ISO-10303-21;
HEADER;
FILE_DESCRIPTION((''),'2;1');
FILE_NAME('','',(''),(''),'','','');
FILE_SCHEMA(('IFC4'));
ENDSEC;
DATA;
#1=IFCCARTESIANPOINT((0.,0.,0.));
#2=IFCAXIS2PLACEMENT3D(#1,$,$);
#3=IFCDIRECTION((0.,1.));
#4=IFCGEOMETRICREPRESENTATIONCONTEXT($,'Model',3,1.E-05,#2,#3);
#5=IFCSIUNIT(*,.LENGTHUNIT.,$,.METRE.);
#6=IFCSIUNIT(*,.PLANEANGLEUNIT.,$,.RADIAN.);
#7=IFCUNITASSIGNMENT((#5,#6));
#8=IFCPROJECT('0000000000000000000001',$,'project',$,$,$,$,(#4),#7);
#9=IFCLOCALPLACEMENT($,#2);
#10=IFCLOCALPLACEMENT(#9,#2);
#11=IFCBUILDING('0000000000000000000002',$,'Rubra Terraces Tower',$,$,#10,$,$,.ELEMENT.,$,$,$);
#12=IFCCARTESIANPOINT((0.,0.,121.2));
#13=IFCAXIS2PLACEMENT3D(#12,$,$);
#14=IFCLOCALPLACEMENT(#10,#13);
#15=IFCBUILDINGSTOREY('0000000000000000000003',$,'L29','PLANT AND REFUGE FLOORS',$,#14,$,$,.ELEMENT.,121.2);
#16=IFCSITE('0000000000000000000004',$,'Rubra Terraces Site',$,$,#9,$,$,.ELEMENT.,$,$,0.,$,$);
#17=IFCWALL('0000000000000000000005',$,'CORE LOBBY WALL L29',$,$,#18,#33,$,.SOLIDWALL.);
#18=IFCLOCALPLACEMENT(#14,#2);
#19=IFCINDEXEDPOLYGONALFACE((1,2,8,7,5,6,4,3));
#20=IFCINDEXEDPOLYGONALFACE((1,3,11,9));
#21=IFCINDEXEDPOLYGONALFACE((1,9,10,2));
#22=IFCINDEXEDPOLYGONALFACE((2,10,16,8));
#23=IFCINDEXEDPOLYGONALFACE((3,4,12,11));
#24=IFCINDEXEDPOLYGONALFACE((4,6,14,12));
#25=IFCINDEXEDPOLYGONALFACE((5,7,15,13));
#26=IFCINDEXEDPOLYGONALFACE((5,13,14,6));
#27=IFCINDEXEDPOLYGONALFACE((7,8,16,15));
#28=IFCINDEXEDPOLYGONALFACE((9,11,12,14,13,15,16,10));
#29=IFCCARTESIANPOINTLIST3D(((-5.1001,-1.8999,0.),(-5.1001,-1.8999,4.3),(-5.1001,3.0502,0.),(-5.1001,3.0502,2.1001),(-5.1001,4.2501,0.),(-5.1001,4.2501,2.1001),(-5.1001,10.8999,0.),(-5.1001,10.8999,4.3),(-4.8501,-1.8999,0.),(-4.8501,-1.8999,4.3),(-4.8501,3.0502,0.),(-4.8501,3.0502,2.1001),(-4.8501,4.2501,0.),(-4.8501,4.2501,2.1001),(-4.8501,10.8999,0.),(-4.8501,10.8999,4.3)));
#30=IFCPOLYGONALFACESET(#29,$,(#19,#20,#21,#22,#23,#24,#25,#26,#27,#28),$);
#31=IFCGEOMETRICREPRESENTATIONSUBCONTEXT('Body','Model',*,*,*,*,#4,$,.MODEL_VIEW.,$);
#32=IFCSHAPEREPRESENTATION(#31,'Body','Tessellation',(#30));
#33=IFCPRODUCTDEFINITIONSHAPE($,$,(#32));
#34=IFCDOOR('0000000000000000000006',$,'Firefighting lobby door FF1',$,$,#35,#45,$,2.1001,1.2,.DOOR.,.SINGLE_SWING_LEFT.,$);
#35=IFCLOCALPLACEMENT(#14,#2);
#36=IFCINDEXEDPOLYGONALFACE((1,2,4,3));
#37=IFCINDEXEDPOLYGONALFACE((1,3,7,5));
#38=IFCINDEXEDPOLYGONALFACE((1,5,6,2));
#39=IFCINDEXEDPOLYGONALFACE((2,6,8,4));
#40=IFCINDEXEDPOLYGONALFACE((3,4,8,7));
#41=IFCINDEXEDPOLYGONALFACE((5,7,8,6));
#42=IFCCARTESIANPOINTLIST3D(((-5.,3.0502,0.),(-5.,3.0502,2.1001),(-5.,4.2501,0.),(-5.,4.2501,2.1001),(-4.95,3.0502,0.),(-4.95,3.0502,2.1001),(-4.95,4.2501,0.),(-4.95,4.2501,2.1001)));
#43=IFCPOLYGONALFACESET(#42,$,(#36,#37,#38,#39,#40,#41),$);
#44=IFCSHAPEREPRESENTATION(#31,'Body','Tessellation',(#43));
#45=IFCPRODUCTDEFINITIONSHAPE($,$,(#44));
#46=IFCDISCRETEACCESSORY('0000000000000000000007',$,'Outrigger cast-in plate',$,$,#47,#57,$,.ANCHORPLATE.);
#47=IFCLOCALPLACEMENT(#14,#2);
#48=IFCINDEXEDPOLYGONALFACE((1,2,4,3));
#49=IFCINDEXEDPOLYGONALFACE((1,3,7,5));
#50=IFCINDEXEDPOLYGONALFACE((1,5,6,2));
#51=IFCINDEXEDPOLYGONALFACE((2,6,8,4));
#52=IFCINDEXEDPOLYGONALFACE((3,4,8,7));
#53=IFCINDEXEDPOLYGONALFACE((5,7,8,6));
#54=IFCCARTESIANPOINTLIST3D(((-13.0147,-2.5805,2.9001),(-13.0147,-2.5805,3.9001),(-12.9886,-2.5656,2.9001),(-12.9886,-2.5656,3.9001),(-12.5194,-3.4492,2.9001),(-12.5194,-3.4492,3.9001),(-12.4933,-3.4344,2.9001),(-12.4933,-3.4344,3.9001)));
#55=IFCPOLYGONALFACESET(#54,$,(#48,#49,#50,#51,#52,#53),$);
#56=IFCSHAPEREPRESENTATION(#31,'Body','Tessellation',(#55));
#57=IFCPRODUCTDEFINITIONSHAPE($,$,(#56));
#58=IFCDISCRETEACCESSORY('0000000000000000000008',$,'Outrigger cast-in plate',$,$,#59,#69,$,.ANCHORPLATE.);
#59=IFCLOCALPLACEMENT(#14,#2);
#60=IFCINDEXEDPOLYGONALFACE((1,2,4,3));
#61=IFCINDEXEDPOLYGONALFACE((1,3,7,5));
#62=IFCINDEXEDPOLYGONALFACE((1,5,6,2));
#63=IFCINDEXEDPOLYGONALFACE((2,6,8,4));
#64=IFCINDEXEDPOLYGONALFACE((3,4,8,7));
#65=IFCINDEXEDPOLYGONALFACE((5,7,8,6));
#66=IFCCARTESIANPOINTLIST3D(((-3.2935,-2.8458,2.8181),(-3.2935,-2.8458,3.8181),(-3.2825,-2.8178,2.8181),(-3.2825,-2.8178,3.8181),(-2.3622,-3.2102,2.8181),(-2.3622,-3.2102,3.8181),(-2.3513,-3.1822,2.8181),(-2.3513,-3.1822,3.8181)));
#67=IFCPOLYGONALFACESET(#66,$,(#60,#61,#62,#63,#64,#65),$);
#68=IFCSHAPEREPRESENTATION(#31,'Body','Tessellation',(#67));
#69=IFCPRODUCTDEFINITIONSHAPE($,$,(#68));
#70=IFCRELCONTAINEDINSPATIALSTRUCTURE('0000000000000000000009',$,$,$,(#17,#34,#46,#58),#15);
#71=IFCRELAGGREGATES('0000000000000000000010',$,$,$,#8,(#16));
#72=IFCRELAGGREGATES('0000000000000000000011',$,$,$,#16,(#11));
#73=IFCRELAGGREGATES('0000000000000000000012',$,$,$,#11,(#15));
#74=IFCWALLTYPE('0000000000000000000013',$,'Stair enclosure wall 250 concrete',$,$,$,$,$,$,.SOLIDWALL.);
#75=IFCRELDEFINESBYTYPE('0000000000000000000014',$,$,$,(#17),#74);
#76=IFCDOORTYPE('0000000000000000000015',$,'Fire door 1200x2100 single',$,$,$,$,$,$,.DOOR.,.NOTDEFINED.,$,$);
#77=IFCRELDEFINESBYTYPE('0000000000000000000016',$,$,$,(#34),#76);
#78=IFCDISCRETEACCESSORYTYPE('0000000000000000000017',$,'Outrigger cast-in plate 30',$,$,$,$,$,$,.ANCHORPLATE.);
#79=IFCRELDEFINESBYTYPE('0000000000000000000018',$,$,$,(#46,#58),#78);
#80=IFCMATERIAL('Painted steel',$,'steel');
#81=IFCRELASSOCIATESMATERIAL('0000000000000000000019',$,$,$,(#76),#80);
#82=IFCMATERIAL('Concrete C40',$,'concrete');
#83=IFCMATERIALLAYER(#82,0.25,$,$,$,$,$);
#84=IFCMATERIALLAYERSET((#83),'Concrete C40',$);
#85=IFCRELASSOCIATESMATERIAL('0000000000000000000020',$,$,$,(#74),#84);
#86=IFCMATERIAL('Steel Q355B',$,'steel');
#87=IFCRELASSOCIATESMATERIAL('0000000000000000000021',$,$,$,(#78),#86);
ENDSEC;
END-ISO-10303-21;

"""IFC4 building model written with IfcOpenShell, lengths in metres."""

from ifc_helpers import new_model, si_unit, direction, frame, frame_2d, origin, origin_2d, place, context, subcontext, project, spatial, rectangle, extrude, material, layer, layer_set, material_profile, profile_set, type_object, element, fill, save


model = new_model("IFC4")

# Units and contexts
model_context = context("Model", 3, precision=1e-05, world=origin(), true_north=direction((0.0, 1.0)))
body_context = subcontext(model_context, "Body", "Model", "MODEL_VIEW")
ifc_project = project(units=[si_unit("LENGTHUNIT", "METRE"), si_unit("PLANEANGLEUNIT", "RADIAN")], contexts=[model_context])

# Site, building, storey
site_placement = place(None, origin())
site = spatial("IfcSite", under=ifc_project, at=site_placement, Name="Rubra Terraces Site", CompositionType="ELEMENT", RefElevation=0.0)
building_placement = place(site_placement, origin())
building = spatial("IfcBuilding", under=site, at=building_placement, Name="Rubra Terraces Tower", CompositionType="ELEMENT")
storey_placement = place(building_placement, frame((0.0, 0.0, 121.2)))
storey = spatial("IfcBuildingStorey", under=building, at=storey_placement, Name="L29", Description="PLANT AND REFUGE FLOORS", CompositionType="ELEMENT", Elevation=121.2)

# Shared definitions
ifc_material_1 = material(Name="Steel Q355B", Category="steel")

# Shared definitions
ifc_material_2 = material(Name="Painted steel", Category="steel")
door_type_1 = type_object("IfcDoorType", Name="Fire door 1200x2100 single", OperationType="NOTDEFINED", PredefinedType="DOOR", material=ifc_material_2)

# Shared definitions
ifc_material_3 = material(Name="Concrete C40", Category="concrete")

# Wall, opening, door
ifc_layer_1 = layer(ifc_material_3, 0.25)
ifc_layer_set_1 = layer_set([ifc_layer_1], Name="Concrete C40")
wall_type_1 = type_object("IfcWallType", Name="Stair enclosure wall 250 concrete", PredefinedType="SOLIDWALL", material=ifc_layer_set_1)
wall_1_placement = place(storey_placement, frame((-4.9751, -1.8999, 0.0), z_axis=(0.0, 0.0, 1.0), x_axis=(0.0, 1.0, 0.0)))
wall_1 = element("IfcWall", 1, at=wall_1_placement, inside=storey, type_object=wall_type_1, Name="CORE LOBBY WALL L29", PredefinedType="SOLIDWALL", context=body_context, shape_type="SweptSolid", body=[
    extrude(rectangle(XDim=12.7998, YDim=0.25, at=frame_2d((6.3999, 0.0))), origin(), (0.0, 0.0, 1.0), 4.3),
])
opening_1_placement = place(wall_1_placement, frame((4.95, 0.0, 0.0)))
opening_1 = element("IfcOpeningElement", 2, at=opening_1_placement, cuts=wall_1, PredefinedType="OPENING", context=body_context, shape_type="SweptSolid", body=[
    extrude(rectangle(XDim=1.2, YDim=2.1001, at=frame_2d((0.6001, 1.05))), frame((0.0, 0.135, 0.0), z_axis=(0.0, -1.0, 0.0), x_axis=(1.0, 0.0, 0.0)), (0.0, 0.0, 1.0), 0.27),
])
door_1_placement = place(opening_1_placement, origin())
door_1 = element("IfcDoor", 3, at=door_1_placement, inside=storey, type_object=door_type_1, Name="Firefighting lobby door FF1", OperationType="SINGLE_SWING_LEFT", OverallHeight=2.1001, OverallWidth=1.2, PredefinedType="DOOR", context=body_context, shape_type="SweptSolid", body=[
    extrude(rectangle(XDim=1.2, YDim=2.1001, at=frame_2d((0.6001, 1.05))), frame((0.0, 0.0249, 0.0), z_axis=(0.0, -1.0, 0.0), x_axis=(1.0, 0.0, 0.0)), (0.0, 0.0, 1.0), 0.05),
])
fill(opening_1, door_1)

# Discrete accessories
ifc_material_profile_1 = material_profile(ifc_material_1, rectangle(XDim=1.0, YDim=1.0, at=origin_2d()), Name="PL 1000x1000x30")
ifc_profile_set_1 = profile_set([ifc_material_profile_1], Name="Steel Q355B")
discrete_accessory_type = type_object("IfcDiscreteAccessoryType", Name="Outrigger cast-in plate 30", PredefinedType="ANCHORPLATE", material=ifc_profile_set_1)
for number, where, z_axis, x_axis, name in (
    (4, (-12.741, -3.0, 3.4001), (-0.868742, -0.495264, 0.0), (0.495264, -0.868742, 0.0), "Outrigger cast-in plate"),
    (5, (-2.8169, -3.0, 3.3181), (-0.364399, -0.931243, 0.0), (0.931243, -0.364399, 0.0), "Outrigger cast-in plate"),
):
    element("IfcDiscreteAccessory", number, at=place(storey_placement, frame(where, z_axis=z_axis, x_axis=x_axis)), inside=storey, type_object=discrete_accessory_type, Name=name, PredefinedType="ANCHORPLATE", context=body_context, shape_type="SweptSolid", body=[
        extrude(rectangle(XDim=1.0, YDim=1.0, at=origin_2d()), origin(), (0.0, 0.0, 1.0), 0.03),
    ])

save(model, "model.ifc")
